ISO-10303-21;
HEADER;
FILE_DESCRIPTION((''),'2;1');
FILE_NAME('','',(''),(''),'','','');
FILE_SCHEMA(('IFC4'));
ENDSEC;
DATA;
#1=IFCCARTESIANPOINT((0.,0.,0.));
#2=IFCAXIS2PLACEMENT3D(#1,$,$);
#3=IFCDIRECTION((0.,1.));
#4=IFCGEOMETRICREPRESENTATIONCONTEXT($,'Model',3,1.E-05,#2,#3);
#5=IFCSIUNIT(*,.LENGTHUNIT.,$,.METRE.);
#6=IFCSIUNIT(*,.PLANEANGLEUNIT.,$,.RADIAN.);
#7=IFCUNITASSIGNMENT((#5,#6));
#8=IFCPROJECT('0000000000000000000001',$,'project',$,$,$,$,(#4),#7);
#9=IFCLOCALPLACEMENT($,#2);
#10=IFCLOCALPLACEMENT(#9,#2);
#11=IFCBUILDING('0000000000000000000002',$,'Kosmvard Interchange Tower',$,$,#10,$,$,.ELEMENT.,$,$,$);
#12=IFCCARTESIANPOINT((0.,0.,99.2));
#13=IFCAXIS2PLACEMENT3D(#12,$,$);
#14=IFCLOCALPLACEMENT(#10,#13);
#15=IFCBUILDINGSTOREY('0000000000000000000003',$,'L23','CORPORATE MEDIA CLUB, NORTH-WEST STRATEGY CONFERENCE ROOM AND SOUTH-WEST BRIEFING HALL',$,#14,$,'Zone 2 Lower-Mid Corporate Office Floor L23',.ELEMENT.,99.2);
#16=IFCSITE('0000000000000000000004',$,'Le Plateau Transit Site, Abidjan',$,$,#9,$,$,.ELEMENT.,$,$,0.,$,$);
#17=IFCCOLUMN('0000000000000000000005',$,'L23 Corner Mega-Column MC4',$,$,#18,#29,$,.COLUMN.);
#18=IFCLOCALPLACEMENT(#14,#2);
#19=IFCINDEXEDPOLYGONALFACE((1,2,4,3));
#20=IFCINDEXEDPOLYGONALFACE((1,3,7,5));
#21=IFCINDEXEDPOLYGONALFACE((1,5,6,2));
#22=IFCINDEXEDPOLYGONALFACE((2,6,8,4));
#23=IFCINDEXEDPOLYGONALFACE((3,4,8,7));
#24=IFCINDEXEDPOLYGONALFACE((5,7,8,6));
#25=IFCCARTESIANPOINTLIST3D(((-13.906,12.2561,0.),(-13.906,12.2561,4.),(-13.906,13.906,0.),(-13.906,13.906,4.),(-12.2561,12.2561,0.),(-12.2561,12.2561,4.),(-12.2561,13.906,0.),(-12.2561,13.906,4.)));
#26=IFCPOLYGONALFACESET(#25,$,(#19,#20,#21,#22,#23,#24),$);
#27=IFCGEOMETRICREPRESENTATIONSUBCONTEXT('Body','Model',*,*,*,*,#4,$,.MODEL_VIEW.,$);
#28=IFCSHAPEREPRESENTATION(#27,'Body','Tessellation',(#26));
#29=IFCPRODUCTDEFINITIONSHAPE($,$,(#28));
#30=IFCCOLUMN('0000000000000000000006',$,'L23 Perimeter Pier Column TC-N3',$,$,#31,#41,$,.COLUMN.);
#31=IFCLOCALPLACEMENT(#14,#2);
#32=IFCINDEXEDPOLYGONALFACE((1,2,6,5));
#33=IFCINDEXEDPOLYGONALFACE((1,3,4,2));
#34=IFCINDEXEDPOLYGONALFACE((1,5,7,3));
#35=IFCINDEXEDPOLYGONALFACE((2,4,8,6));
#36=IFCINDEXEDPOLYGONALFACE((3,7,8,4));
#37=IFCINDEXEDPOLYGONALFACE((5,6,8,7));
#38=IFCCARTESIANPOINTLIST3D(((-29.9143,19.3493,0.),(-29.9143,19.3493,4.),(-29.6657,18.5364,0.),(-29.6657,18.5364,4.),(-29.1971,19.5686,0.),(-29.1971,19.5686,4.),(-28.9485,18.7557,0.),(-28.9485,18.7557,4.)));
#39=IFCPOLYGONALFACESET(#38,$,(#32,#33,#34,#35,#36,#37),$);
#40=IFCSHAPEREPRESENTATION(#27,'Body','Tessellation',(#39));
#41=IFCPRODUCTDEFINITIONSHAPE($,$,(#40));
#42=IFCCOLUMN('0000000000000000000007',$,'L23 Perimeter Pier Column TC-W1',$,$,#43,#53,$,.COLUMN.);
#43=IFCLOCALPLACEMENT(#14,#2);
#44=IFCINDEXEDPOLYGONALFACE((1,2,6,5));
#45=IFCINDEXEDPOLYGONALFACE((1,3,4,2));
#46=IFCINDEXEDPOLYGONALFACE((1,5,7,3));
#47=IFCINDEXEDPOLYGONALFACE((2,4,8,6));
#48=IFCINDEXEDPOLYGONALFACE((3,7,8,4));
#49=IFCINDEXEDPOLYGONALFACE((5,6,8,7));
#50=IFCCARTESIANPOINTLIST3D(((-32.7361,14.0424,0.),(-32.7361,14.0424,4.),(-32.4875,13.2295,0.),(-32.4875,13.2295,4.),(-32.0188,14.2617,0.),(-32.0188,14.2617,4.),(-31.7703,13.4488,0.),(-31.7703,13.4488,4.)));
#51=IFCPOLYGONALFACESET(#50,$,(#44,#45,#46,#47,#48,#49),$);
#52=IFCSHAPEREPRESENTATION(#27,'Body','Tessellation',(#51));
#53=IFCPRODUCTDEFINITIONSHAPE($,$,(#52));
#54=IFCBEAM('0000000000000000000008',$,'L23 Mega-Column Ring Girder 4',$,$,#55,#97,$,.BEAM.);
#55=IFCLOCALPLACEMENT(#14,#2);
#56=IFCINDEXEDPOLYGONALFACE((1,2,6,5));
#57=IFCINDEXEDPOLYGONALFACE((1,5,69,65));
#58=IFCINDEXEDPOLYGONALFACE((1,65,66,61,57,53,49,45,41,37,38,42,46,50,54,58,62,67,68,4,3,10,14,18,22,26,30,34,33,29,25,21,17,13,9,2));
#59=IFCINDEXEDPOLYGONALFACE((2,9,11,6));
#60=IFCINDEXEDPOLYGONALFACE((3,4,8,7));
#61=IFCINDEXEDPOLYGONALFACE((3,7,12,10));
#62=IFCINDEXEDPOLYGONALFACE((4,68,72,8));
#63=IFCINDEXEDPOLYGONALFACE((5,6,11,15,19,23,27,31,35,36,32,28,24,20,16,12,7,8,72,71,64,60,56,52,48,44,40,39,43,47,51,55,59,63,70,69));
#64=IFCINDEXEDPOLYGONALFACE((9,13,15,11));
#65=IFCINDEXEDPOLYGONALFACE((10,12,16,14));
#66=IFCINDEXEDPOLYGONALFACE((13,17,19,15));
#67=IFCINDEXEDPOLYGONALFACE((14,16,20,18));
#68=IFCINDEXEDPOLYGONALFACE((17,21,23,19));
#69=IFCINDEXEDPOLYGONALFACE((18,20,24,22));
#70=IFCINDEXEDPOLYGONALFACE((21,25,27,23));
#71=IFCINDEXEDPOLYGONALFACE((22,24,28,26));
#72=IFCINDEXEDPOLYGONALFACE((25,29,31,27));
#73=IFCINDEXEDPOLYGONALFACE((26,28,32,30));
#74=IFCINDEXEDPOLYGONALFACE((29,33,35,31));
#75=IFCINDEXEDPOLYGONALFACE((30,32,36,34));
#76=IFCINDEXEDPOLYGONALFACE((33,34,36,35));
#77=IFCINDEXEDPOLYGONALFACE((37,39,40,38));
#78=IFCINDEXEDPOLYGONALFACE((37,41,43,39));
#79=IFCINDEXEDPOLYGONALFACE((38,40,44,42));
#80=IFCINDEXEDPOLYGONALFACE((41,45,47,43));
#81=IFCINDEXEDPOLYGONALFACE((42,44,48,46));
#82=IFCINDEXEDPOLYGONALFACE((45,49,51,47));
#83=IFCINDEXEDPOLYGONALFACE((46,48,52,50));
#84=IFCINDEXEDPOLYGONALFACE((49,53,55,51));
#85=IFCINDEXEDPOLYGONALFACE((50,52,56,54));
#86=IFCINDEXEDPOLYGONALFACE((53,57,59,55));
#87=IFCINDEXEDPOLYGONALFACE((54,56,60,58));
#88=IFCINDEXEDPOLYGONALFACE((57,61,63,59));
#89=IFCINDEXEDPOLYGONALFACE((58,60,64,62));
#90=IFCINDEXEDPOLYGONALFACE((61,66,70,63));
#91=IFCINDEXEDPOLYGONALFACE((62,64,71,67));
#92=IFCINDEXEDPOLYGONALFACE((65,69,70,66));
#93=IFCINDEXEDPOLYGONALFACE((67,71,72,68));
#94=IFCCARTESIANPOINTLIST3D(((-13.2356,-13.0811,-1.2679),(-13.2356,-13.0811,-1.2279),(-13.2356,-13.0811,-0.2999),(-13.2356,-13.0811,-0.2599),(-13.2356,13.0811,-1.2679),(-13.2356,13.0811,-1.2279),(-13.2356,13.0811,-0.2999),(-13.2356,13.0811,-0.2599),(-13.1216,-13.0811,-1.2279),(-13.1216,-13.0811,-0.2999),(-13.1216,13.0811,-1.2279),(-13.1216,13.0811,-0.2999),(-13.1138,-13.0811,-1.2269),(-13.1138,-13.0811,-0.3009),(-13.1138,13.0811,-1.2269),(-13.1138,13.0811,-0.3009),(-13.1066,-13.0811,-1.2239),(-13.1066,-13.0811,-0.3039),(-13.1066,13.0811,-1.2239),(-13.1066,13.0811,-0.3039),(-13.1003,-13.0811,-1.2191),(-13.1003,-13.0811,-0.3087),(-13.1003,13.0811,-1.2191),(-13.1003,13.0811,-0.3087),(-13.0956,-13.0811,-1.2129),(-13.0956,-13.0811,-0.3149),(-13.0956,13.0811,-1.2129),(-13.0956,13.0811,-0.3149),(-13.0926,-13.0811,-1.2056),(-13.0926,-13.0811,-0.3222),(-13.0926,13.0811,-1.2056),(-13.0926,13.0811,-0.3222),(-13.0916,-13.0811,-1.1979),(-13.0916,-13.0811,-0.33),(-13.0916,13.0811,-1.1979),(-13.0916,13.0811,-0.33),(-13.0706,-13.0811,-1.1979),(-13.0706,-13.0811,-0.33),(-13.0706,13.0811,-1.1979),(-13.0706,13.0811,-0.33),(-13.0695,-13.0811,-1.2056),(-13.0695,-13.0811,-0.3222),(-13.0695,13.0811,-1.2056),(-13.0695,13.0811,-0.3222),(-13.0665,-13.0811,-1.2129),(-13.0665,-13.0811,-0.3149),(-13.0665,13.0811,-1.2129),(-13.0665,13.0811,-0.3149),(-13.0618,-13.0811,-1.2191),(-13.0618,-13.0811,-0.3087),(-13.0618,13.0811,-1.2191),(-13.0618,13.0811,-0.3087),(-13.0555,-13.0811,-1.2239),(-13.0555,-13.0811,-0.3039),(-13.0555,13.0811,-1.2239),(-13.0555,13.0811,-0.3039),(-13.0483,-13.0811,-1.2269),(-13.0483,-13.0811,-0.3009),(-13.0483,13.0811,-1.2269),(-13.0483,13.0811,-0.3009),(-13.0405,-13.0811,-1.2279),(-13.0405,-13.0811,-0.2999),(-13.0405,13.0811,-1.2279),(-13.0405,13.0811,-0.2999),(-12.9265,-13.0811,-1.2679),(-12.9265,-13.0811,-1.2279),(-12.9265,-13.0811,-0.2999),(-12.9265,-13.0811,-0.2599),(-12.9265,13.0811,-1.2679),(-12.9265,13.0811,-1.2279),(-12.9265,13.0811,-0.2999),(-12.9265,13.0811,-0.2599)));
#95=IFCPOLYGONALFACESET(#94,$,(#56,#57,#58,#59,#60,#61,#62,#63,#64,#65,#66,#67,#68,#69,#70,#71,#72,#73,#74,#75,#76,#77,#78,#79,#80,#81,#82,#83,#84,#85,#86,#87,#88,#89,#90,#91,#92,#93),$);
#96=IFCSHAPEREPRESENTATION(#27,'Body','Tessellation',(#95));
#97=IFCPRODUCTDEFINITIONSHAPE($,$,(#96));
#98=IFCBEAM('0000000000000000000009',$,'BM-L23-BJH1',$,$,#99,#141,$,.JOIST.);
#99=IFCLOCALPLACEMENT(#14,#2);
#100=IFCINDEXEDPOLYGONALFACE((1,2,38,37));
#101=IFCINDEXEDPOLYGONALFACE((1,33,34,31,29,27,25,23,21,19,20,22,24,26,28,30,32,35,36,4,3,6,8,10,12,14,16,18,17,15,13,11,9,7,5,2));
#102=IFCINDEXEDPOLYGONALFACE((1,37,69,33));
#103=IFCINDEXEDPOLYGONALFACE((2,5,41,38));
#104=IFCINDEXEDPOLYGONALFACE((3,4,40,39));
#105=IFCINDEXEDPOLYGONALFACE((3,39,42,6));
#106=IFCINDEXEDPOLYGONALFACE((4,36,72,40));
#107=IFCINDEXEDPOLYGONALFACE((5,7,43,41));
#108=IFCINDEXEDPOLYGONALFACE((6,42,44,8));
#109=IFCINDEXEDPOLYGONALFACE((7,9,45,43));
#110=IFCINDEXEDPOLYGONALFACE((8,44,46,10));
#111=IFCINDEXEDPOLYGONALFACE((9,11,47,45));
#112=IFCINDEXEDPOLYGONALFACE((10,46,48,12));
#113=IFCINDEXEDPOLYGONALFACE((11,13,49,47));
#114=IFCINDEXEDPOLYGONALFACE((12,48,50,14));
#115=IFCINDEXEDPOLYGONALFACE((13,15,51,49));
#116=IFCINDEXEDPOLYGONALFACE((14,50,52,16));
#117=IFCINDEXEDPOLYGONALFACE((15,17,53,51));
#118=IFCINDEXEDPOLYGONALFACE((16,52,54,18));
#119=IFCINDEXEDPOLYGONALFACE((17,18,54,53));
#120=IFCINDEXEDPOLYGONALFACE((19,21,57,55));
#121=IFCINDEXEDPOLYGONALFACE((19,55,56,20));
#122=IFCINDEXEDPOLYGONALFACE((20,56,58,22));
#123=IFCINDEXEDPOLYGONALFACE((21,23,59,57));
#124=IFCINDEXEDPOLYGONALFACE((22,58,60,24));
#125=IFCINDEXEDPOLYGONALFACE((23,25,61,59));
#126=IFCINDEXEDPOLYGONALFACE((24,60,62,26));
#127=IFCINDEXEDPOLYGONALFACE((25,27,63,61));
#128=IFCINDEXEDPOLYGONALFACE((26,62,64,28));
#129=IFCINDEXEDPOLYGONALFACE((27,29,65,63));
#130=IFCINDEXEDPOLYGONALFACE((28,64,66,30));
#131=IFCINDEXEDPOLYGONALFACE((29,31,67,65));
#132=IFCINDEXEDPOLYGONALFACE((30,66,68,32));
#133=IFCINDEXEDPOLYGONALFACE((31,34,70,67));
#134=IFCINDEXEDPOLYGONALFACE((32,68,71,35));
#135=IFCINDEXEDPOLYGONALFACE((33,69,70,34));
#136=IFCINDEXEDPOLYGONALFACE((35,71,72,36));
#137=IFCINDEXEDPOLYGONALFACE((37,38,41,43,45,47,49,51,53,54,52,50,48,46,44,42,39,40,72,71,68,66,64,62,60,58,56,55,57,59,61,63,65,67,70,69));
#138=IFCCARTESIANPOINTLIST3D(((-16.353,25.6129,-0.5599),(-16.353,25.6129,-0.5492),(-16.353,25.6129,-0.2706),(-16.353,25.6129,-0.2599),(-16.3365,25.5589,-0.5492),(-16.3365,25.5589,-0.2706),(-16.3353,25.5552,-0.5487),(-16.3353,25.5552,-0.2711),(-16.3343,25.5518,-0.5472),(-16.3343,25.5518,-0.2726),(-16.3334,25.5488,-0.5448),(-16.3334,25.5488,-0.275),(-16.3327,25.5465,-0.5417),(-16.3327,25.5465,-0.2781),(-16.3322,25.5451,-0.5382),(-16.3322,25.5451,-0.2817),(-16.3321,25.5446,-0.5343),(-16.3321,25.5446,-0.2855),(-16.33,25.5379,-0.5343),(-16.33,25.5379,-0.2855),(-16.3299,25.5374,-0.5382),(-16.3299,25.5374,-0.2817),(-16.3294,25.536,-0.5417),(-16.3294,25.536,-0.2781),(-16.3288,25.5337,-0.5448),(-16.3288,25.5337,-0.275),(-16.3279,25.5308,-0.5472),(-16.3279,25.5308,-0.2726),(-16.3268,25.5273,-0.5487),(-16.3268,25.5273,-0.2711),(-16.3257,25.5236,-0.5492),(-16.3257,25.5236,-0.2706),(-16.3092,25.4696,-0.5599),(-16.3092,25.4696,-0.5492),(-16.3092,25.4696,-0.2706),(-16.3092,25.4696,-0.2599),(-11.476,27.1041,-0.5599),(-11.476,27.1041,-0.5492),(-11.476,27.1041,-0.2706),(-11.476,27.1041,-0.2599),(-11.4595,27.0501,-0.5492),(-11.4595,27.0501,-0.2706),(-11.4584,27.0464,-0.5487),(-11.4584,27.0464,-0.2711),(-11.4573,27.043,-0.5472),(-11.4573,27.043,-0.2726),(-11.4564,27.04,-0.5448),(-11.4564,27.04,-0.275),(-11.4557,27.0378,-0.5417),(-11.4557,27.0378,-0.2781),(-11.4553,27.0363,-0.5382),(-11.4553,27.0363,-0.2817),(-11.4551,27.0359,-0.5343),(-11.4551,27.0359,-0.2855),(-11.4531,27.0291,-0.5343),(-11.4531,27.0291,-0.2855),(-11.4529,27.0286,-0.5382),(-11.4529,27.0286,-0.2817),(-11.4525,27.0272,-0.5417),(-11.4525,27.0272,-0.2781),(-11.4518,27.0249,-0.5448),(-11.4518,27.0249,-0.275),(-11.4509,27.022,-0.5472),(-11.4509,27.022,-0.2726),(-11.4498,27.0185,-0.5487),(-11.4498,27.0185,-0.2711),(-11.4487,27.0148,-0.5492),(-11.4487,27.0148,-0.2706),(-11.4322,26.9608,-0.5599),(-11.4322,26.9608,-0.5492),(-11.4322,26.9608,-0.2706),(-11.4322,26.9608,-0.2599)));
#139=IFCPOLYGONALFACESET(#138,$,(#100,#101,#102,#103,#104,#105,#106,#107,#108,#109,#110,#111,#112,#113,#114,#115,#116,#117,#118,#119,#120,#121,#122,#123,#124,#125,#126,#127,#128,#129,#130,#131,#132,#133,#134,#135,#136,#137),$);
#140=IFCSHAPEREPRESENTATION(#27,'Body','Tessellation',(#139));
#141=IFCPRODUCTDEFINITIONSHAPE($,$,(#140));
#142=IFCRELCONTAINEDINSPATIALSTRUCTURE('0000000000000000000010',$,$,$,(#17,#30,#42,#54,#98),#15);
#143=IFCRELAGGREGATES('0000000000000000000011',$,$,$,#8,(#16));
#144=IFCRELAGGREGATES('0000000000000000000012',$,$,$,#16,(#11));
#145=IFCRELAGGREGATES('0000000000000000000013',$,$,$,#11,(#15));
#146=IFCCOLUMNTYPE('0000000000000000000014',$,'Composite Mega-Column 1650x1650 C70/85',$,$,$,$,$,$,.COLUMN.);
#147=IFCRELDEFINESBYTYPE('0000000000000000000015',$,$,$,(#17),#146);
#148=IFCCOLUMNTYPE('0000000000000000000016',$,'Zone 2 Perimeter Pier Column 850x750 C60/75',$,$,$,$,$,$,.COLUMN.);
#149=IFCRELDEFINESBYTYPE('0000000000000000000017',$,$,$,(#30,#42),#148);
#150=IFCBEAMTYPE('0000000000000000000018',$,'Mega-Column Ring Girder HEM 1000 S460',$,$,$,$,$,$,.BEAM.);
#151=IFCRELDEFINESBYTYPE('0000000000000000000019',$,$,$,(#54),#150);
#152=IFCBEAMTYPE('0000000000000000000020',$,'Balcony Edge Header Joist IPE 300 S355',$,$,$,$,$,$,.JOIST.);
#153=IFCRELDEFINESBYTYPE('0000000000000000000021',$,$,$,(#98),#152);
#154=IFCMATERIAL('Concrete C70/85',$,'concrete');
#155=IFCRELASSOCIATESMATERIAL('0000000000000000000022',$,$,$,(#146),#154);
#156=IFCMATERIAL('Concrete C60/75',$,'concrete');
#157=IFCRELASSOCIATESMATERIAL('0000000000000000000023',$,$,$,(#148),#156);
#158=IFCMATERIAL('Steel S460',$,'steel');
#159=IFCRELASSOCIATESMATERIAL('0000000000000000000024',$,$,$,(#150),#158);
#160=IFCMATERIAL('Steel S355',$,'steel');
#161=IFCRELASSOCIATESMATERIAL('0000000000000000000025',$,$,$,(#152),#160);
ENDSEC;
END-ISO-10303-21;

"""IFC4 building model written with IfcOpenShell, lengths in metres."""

from ifc_helpers import new_model, si_unit, direction, frame, origin, origin_2d, place, context, subcontext, project, spatial, rectangle, i_section, extrude, source, transform, mapped, material, material_profile, profile_set, type_object, element, save


model = new_model("IFC4")

# Units and contexts
model_context = context("Model", 3, precision=1e-05, world=origin(), true_north=direction((0.0, 1.0)))
body_context = subcontext(model_context, "Body", "Model", "MODEL_VIEW")
ifc_project = project(units=[si_unit("LENGTHUNIT", "METRE"), si_unit("PLANEANGLEUNIT", "RADIAN")], contexts=[model_context])

# Site, building, storey
site_placement = place(None, origin())
site = spatial("IfcSite", under=ifc_project, at=site_placement, Name="Le Plateau Transit Site, Abidjan", CompositionType="ELEMENT", RefElevation=0.0)
building_placement = place(site_placement, origin())
building = spatial("IfcBuilding", under=site, at=building_placement, Name="Kosmvard Interchange Tower", CompositionType="ELEMENT")
storey_placement = place(building_placement, frame((0.0, 0.0, 99.2)))
storey = spatial("IfcBuildingStorey", under=building, at=storey_placement, Name="L23", Description="CORPORATE MEDIA CLUB, NORTH-WEST STRATEGY CONFERENCE ROOM AND SOUTH-WEST BRIEFING HALL", LongName="Zone 2 Lower-Mid Corporate Office Floor L23", CompositionType="ELEMENT", Elevation=99.2)

# Columns
ifc_material_1 = material(Name="Concrete C70/85", Category="concrete")
ifc_material_profile_1 = material_profile(ifc_material_1, rectangle(XDim=1.6499, YDim=1.6499, at=origin_2d()), Name="MC 1650x1650")
ifc_profile_set_1 = profile_set([ifc_material_profile_1], Name="Concrete C70/85")
column_type_1 = type_object("IfcColumnType", Name="Composite Mega-Column 1650x1650 C70/85", PredefinedType="COLUMN", material=ifc_profile_set_1)
shared_shape_1 = source(origin(), body_context, "Body", "SweptSolid", [
    extrude(rectangle(XDim=1.6499, YDim=1.6499, at=origin_2d()), origin(), (0.0, 0.0, 1.0), 4.0),
])
column_placement = place(storey_placement, frame((-13.0811, 13.0811, 0.0), z_axis=(0.0, 0.0, 1.0), x_axis=(1.0, 0.0, 0.0)))
element("IfcColumn", 1, at=column_placement, inside=storey, type_object=column_type_1, Name="L23 Corner Mega-Column MC4", PredefinedType="COLUMN", context=body_context, shape_type="MappedRepresentation", body=[
    mapped(shared_shape_1, transform((0.0, 0.0, 0.0), scale=1.0)),
])
ifc_material_2 = material(Name="Concrete C60/75", Category="concrete")
ifc_material_profile_2 = material_profile(ifc_material_2, rectangle(XDim=0.75, YDim=0.8501, at=origin_2d()), Name="TC 850x750")
ifc_profile_set_2 = profile_set([ifc_material_profile_2], Name="Concrete C60/75")
column_type_2 = type_object("IfcColumnType", Name="Zone 2 Perimeter Pier Column 850x750 C60/75", PredefinedType="COLUMN", material=ifc_profile_set_2)
shared_shape_2 = source(origin(), body_context, "Body", "SweptSolid", [
    extrude(rectangle(XDim=0.75, YDim=0.8501, at=origin_2d()), origin(), (0.0, 0.0, 1.0), 4.0),
])
for number, where, z_axis, x_axis, name in (
    (2, (-29.4314, 19.0525, 0.0), (0.0, 0.0, 1.0), (0.956305, 0.292372, 0.0), "L23 Perimeter Pier Column TC-N3"),
    (3, (-32.2532, 13.7456, 0.0), (0.0, 0.0, 1.0), (0.956305, 0.292372, 0.0), "L23 Perimeter Pier Column TC-W1"),
):
    element("IfcColumn", number, at=place(storey_placement, frame(where, z_axis=z_axis, x_axis=x_axis)), inside=storey, type_object=column_type_2, Name=name, PredefinedType="COLUMN", context=body_context, shape_type="MappedRepresentation", body=[
        mapped(shared_shape_2, transform((0.0, 0.0, 0.0), scale=1.0)),
    ])

# Beams
ifc_material_3 = material(Name="Steel S460", Category="steel")
ifc_material_profile_3 = material_profile(ifc_material_3, i_section(OverallWidth=0.3091, OverallDepth=1.0081, WebThickness=0.021, FlangeThickness=0.04, FilletRadius=0.03, at=origin_2d()), Name="HEM 1000")
ifc_profile_set_3 = profile_set([ifc_material_profile_3], Name="Steel S460")
beam_type_1 = type_object("IfcBeamType", Name="Mega-Column Ring Girder HEM 1000 S460", PredefinedType="BEAM", material=ifc_profile_set_3)
shared_shape_3 = source(origin(), body_context, "Body", "SweptSolid", [
    extrude(i_section(OverallWidth=0.3091, OverallDepth=1.0081, WebThickness=0.021, FlangeThickness=0.04, FilletRadius=0.03, at=origin_2d()), origin(), (0.0, 0.0, 1.0), 26.1621),
])
beam_1_placement = place(storey_placement, frame((-13.0811, 13.0811, -0.7639), z_axis=(0.0, -1.0, 0.0), x_axis=(1.0, 0.0, 0.0)))
element("IfcBeam", 4, at=beam_1_placement, inside=storey, type_object=beam_type_1, Name="L23 Mega-Column Ring Girder 4", PredefinedType="BEAM", context=body_context, shape_type="MappedRepresentation", body=[
    mapped(shared_shape_3, transform((0.0, 0.0, 0.0), scale=1.0)),
])
ifc_material_4 = material(Name="Steel S355", Category="steel")
ifc_material_profile_4 = material_profile(ifc_material_4, i_section(OverallWidth=0.1499, OverallDepth=0.3, WebThickness=0.0071, FlangeThickness=0.0107, FilletRadius=0.0149, at=origin_2d()), Name="IPE 300")
ifc_profile_set_4 = profile_set([ifc_material_profile_4], Name="Steel S355")
beam_type_2 = type_object("IfcBeamType", Name="Balcony Edge Header Joist IPE 300 S355", PredefinedType="JOIST", material=ifc_profile_set_4)
shared_shape_4 = source(origin(), body_context, "Body", "SweptSolid", [
    extrude(i_section(OverallWidth=0.1499, OverallDepth=0.3, WebThickness=0.0071, FlangeThickness=0.0107, FilletRadius=0.0149, at=origin_2d()), origin(), (0.0, 0.0, 1.0), 5.0999),
])
beam_2_placement = place(storey_placement, frame((-11.4541, 27.0325, -0.4099), z_axis=(-0.956295, -0.292403, 0.0), x_axis=(0.292403, -0.956295, 0.0)))
element("IfcBeam", 5, at=beam_2_placement, inside=storey, type_object=beam_type_2, Name="BM-L23-BJH1", PredefinedType="JOIST", context=body_context, shape_type="MappedRepresentation", body=[
    mapped(shared_shape_4, transform((0.0, 0.0, 0.0), scale=1.0)),
])

save(model, "model.ifc")
